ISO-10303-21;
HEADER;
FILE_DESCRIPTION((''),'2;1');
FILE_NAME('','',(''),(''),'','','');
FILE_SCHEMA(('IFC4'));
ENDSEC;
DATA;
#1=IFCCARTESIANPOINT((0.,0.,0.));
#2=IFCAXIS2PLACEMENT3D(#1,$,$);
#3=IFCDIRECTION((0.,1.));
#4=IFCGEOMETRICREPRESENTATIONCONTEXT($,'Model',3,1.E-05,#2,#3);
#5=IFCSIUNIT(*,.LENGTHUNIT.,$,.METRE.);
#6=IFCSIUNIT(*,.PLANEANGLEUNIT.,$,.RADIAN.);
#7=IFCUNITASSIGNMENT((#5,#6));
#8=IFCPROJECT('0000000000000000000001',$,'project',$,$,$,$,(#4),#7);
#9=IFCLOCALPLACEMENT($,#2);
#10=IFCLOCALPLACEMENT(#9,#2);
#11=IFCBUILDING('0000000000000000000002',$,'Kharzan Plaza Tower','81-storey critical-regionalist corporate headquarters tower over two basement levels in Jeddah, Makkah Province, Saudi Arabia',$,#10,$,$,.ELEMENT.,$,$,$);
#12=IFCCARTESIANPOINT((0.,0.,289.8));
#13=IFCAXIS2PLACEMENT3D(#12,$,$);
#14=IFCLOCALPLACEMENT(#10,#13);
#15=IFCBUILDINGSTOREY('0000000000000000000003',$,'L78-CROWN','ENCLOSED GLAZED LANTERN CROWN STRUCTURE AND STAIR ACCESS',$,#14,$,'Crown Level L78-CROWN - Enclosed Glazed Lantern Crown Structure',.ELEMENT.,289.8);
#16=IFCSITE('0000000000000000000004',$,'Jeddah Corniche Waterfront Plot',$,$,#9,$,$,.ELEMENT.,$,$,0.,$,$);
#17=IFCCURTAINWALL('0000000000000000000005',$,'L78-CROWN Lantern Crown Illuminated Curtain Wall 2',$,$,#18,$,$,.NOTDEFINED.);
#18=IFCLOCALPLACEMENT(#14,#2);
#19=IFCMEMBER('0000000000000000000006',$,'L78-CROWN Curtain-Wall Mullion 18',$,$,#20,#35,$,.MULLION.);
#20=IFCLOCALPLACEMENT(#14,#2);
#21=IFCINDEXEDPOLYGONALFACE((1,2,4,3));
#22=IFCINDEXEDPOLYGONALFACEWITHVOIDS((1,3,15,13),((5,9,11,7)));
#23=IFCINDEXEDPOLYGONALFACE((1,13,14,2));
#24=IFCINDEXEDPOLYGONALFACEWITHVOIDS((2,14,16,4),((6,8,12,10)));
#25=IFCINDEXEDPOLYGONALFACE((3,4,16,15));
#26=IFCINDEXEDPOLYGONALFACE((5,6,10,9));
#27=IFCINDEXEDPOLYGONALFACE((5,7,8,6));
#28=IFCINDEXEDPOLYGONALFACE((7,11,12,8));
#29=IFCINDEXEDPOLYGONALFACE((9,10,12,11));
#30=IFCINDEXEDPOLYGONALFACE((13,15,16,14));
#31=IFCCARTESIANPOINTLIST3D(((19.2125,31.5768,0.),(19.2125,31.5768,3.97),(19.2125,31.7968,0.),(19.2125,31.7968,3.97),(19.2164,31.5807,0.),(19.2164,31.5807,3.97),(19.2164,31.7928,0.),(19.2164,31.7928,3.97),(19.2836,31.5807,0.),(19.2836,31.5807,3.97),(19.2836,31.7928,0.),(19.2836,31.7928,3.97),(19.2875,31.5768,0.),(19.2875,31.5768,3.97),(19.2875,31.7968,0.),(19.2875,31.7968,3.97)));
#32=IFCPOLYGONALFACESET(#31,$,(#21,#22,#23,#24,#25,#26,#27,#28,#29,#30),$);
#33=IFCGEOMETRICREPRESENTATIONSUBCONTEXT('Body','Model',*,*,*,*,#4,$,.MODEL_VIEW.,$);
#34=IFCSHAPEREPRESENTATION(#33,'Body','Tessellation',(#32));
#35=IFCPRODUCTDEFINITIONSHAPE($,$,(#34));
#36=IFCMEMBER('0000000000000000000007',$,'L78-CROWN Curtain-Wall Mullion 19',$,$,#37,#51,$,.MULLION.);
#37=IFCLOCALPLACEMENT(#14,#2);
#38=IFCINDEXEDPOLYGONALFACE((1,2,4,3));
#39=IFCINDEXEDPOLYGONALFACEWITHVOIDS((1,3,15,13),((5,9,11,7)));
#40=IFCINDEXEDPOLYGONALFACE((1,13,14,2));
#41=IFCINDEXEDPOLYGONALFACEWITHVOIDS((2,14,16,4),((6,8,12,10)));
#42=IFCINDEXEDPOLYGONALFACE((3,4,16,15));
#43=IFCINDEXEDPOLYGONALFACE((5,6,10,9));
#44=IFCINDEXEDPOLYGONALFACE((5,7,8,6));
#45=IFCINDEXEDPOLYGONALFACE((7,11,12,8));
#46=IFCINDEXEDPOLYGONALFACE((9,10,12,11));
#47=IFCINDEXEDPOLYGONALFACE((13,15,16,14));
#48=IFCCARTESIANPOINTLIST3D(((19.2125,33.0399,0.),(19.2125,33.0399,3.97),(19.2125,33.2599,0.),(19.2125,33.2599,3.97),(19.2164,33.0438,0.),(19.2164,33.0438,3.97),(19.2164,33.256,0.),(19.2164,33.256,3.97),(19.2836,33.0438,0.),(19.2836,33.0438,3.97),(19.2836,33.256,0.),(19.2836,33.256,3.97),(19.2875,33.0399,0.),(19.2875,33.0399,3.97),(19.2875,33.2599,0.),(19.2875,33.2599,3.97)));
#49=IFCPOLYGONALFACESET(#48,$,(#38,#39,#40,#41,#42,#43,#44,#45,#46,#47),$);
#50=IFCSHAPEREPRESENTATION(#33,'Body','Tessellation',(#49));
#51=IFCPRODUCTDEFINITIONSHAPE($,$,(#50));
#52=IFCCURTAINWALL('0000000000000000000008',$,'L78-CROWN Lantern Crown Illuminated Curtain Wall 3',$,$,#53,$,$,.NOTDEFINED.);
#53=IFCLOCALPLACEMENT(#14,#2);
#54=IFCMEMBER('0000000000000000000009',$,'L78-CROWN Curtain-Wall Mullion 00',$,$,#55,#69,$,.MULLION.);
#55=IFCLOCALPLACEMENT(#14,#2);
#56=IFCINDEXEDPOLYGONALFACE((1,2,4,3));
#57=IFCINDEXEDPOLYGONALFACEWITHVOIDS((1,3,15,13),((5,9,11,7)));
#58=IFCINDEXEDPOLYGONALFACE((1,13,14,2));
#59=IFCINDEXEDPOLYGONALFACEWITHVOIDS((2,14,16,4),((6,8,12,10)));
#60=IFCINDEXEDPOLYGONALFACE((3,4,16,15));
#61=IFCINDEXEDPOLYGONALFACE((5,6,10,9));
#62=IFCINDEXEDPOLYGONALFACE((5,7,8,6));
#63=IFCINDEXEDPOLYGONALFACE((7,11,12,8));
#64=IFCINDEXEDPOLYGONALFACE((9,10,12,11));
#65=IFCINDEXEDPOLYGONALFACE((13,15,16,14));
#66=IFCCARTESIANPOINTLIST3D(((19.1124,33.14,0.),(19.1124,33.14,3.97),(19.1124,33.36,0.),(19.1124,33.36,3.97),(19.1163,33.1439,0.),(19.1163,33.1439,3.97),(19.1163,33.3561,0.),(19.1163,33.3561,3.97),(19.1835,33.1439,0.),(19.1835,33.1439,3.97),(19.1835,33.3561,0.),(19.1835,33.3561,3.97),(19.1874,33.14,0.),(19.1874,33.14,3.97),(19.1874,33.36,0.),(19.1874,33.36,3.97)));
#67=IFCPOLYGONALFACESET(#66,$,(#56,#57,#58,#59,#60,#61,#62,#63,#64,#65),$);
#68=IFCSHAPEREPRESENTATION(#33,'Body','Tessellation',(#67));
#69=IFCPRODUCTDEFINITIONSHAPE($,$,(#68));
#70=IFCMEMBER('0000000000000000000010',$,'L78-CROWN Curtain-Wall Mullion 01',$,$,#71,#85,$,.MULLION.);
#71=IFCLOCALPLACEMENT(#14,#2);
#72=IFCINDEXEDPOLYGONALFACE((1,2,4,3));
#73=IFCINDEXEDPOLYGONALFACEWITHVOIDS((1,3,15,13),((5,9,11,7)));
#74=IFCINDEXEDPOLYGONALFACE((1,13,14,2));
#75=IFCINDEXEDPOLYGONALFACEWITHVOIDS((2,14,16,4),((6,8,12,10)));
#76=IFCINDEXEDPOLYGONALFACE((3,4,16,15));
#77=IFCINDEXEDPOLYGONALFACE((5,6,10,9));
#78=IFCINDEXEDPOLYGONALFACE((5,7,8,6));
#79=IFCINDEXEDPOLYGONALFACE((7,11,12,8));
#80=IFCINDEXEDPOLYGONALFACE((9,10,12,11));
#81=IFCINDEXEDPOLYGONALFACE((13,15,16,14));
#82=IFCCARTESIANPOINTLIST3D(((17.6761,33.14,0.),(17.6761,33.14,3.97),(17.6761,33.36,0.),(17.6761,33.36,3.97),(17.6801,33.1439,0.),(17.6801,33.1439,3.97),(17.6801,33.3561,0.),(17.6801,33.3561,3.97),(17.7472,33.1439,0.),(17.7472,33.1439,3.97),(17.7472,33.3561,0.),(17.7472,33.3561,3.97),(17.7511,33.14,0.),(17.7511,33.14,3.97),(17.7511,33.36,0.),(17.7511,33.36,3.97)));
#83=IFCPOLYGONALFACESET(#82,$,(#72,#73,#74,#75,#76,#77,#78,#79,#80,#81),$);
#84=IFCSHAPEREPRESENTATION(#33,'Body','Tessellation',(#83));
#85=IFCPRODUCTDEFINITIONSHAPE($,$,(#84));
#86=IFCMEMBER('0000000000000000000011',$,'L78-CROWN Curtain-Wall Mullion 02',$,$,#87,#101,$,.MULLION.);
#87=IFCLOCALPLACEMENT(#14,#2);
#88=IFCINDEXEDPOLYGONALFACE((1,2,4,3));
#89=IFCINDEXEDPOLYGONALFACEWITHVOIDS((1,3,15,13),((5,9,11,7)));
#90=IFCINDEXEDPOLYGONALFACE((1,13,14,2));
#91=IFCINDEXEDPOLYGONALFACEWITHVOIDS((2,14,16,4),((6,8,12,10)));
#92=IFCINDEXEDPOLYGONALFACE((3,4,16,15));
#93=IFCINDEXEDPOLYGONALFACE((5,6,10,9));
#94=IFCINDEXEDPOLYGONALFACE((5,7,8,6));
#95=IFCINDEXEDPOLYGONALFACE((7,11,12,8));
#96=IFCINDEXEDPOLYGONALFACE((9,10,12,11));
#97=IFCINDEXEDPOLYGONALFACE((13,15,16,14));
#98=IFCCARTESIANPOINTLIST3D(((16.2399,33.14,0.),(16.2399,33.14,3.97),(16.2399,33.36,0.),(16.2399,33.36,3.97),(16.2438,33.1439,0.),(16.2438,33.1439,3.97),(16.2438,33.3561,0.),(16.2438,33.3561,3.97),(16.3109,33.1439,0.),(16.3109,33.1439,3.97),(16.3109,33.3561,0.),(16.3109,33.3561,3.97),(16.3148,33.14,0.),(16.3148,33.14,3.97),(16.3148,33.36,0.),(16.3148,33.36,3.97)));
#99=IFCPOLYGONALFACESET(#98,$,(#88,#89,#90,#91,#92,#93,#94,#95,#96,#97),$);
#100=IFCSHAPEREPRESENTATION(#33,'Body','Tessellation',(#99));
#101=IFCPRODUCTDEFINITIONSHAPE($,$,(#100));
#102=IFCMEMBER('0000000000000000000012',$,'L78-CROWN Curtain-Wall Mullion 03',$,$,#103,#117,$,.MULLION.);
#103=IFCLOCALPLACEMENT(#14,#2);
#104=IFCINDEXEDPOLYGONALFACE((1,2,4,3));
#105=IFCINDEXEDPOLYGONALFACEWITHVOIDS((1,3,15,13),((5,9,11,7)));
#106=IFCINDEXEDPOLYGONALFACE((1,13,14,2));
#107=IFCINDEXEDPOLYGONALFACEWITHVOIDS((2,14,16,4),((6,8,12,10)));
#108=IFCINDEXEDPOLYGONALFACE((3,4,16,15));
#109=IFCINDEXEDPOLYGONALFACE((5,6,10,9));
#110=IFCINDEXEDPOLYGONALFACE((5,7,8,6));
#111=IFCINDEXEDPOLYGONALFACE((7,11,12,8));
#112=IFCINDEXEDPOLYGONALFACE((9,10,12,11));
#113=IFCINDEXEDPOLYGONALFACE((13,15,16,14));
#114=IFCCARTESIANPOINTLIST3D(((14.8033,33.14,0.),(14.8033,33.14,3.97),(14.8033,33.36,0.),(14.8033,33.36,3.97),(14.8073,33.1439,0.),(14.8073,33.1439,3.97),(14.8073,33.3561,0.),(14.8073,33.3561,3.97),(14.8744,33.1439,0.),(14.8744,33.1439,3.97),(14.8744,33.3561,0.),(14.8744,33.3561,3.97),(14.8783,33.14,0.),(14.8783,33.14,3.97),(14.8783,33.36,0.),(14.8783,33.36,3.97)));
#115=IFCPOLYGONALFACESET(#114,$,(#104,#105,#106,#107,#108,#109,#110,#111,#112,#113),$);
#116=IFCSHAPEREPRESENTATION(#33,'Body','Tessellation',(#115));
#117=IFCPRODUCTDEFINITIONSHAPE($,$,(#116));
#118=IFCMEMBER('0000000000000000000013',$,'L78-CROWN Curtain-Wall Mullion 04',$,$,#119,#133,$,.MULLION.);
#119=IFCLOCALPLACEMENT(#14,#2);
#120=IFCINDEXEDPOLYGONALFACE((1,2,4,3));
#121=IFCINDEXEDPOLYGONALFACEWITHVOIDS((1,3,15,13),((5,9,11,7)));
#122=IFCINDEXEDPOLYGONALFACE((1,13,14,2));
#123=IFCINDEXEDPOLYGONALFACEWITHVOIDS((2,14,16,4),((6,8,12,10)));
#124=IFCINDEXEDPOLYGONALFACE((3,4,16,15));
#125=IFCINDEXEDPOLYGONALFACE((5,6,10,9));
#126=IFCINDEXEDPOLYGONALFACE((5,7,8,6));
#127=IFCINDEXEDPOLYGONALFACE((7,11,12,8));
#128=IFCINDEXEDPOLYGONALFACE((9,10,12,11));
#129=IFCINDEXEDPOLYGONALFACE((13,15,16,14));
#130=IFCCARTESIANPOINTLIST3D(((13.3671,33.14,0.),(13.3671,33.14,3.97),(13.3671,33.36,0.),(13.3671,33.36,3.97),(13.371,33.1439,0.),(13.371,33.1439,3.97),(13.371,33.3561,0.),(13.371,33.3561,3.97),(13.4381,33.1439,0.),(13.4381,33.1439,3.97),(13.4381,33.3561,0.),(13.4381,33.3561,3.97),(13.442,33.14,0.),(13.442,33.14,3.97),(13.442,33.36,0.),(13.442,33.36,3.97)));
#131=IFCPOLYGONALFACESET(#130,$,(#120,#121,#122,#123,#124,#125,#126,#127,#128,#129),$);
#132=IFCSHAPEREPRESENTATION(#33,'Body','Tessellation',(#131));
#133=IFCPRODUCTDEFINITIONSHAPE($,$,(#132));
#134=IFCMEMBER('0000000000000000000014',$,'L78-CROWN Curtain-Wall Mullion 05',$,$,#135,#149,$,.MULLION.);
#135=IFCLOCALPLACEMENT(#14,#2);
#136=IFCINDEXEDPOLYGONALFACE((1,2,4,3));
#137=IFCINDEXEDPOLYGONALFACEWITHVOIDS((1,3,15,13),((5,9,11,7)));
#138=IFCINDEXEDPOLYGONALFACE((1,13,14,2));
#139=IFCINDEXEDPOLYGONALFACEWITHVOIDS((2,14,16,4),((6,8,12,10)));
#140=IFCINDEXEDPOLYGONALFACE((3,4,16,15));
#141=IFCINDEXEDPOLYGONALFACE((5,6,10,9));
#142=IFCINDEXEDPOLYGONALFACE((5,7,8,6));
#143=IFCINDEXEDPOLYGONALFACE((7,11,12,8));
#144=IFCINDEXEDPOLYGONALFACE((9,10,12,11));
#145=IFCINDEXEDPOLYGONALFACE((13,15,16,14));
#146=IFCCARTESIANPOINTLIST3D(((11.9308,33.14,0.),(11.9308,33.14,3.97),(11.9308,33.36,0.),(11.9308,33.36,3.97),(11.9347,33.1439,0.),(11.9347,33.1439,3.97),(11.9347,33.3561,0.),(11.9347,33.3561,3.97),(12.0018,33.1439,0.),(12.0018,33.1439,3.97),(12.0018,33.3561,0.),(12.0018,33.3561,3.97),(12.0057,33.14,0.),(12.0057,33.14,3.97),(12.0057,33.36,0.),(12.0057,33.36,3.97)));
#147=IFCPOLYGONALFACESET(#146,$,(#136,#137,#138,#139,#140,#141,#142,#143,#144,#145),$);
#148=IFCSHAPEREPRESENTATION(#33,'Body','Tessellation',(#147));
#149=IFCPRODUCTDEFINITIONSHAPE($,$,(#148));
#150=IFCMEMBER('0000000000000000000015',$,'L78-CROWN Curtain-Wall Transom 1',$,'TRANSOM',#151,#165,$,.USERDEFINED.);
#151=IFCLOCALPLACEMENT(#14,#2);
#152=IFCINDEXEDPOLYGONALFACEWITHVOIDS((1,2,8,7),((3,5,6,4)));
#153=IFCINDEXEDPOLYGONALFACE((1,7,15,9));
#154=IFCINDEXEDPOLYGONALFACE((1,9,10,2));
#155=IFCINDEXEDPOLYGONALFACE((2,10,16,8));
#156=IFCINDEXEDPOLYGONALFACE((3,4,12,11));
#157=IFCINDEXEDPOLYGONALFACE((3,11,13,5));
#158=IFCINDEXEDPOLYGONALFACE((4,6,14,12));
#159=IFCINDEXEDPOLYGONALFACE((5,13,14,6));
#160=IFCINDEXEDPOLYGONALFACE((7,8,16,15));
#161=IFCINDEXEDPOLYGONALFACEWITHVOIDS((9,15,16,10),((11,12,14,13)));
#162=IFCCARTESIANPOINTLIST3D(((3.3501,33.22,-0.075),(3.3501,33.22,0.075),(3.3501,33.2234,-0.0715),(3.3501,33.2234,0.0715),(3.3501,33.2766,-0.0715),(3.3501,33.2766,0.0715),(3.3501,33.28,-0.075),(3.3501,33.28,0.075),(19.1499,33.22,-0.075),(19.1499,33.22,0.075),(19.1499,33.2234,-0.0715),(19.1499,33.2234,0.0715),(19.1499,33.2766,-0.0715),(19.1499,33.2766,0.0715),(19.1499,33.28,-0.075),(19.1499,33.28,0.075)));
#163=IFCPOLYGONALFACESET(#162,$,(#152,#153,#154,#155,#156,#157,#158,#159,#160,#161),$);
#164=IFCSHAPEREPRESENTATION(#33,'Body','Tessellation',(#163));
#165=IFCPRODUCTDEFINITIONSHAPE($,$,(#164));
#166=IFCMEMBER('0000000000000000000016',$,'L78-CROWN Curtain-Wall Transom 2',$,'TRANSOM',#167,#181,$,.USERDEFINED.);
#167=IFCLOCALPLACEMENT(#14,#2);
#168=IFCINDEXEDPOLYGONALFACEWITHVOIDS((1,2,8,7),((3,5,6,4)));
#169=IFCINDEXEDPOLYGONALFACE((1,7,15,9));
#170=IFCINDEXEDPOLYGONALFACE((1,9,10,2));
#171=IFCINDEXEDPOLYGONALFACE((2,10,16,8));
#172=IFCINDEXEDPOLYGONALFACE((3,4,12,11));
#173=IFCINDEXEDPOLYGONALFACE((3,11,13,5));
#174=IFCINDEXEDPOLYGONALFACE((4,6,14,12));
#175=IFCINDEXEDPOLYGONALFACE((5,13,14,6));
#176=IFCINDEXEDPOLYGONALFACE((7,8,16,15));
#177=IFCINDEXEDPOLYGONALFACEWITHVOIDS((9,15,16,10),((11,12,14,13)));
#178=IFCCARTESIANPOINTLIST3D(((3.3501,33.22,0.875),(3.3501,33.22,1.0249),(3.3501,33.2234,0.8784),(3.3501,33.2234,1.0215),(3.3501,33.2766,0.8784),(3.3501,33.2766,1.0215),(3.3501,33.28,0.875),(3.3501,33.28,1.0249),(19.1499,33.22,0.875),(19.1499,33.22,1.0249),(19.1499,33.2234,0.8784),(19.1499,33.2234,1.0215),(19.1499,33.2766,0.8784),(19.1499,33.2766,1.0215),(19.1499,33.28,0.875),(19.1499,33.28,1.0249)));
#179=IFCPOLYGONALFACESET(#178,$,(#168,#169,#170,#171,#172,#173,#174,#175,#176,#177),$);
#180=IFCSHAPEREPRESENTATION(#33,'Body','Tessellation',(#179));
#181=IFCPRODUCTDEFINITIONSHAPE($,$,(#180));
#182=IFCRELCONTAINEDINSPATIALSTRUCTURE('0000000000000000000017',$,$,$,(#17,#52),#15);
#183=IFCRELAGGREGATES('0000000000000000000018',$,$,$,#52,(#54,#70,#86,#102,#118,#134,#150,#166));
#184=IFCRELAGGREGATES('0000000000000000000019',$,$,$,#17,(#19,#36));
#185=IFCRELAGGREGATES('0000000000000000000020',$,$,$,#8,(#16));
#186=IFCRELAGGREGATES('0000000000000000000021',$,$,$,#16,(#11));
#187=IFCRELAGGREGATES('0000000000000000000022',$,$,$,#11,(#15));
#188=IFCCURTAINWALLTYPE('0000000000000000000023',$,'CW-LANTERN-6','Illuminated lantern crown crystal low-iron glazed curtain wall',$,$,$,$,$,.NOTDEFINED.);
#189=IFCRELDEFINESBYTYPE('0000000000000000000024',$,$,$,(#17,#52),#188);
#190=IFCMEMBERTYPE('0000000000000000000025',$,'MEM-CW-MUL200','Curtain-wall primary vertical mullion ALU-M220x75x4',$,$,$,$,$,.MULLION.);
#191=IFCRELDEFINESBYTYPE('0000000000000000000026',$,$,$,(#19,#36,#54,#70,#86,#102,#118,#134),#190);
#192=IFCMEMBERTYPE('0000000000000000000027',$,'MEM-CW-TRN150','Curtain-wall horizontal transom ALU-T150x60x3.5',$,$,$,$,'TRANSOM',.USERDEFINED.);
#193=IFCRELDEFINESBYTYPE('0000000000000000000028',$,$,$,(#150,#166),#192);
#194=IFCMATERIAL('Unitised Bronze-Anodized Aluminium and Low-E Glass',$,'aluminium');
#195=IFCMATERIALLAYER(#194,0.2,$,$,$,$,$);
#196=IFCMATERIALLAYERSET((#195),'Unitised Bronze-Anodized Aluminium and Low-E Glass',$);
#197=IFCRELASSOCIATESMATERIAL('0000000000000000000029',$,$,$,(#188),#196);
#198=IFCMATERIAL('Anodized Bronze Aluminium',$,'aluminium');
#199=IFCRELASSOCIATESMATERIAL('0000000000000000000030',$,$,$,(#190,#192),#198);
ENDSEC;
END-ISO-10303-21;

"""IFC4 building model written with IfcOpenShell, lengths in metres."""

from ifc_helpers import new_model, si_unit, direction, frame, origin, origin_2d, place, context, subcontext, project, spatial, hollow_rectangle, extrude, source, transform, mapped, material, layer, layer_set, material_profile, profile_set, type_object, element, aggregate, save


model = new_model("IFC4")

# Units and contexts
model_context = context("Model", 3, precision=1e-05, world=origin(), true_north=direction((0.0, 1.0)))
body_context = subcontext(model_context, "Body", "Model", "MODEL_VIEW")
ifc_project = project(units=[si_unit("LENGTHUNIT", "METRE"), si_unit("PLANEANGLEUNIT", "RADIAN")], contexts=[model_context])

# Site, building, storey
site_placement = place(None, origin())
site = spatial("IfcSite", under=ifc_project, at=site_placement, Name="Jeddah Corniche Waterfront Plot", CompositionType="ELEMENT", RefElevation=0.0)
building_placement = place(site_placement, origin())
building = spatial("IfcBuilding", under=site, at=building_placement, Name="Kharzan Plaza Tower", Description="81-storey critical-regionalist corporate headquarters tower over two basement levels in Jeddah, Makkah Province, Saudi Arabia", CompositionType="ELEMENT")
storey_placement = place(building_placement, frame((0.0, 0.0, 289.8)))
storey = spatial("IfcBuildingStorey", under=building, at=storey_placement, Name="L78-CROWN", Description="ENCLOSED GLAZED LANTERN CROWN STRUCTURE AND STAIR ACCESS", LongName="Crown Level L78-CROWN - Enclosed Glazed Lantern Crown Structure", CompositionType="ELEMENT", Elevation=289.8)

# Curtain walls, members
ifc_material_1 = material(Name="Unitised Bronze-Anodized Aluminium and Low-E Glass", Category="aluminium")
ifc_layer_1 = layer(ifc_material_1, 0.2)
ifc_layer_set_1 = layer_set([ifc_layer_1], Name="Unitised Bronze-Anodized Aluminium and Low-E Glass")
curtain_wall_type = type_object("IfcCurtainWallType", Name="CW-LANTERN-6", Description="Illuminated lantern crown crystal low-iron glazed curtain wall", PredefinedType="NOTDEFINED", material=ifc_layer_set_1)
curtain_wall_1_placement = place(storey_placement, origin())
curtain_wall_1 = element("IfcCurtainWall", 1, at=curtain_wall_1_placement, inside=storey, type_object=curtain_wall_type, Name="L78-CROWN Lantern Crown Illuminated Curtain Wall 2", PredefinedType="NOTDEFINED")
ifc_material_2 = material(Name="Anodized Bronze Aluminium", Category="aluminium")
ifc_material_profile_1 = material_profile(ifc_material_2, hollow_rectangle(XDim=0.075, YDim=0.22, WallThickness=0.0039, at=origin_2d()), Name="ALU-M220x75x4")
ifc_profile_set_1 = profile_set([ifc_material_profile_1], Name="Anodized Bronze Aluminium")
member_type_1 = type_object("IfcMemberType", Name="MEM-CW-MUL200", Description="Curtain-wall primary vertical mullion ALU-M220x75x4", PredefinedType="MULLION", material=ifc_profile_set_1)
shared_shape_1 = source(origin(), body_context, "Body", "SweptSolid", [
    extrude(hollow_rectangle(XDim=0.075, YDim=0.22, WallThickness=0.0039, at=origin_2d()), origin(), (0.0, 0.0, 1.0), 3.97),
])
member_1_placement = place(storey_placement, frame((19.25, 31.6868, 0.0), z_axis=(0.0, 0.0, 1.0), x_axis=(1.0, 0.0, 0.0)))
member_1 = element("IfcMember", 2, at=member_1_placement, type_object=member_type_1, Name="L78-CROWN Curtain-Wall Mullion 18", PredefinedType="MULLION", context=body_context, shape_type="MappedRepresentation", body=[
    mapped(shared_shape_1, transform((0.0, 0.0, 0.0), x_axis=(1.0, 0.0, 0.0), y_axis=(0.0, 1.0, 0.0), z_axis=(0.0, 0.0, 1.0))),
])
member_2_placement = place(storey_placement, frame((19.25, 33.1499, 0.0), z_axis=(0.0, 0.0, 1.0), x_axis=(1.0, 0.0, 0.0)))
member_2 = element("IfcMember", 3, at=member_2_placement, type_object=member_type_1, Name="L78-CROWN Curtain-Wall Mullion 19", PredefinedType="MULLION", context=body_context, shape_type="MappedRepresentation", body=[
    mapped(shared_shape_1, transform((0.0, 0.0, 0.0), x_axis=(1.0, 0.0, 0.0), y_axis=(0.0, 1.0, 0.0), z_axis=(0.0, 0.0, 1.0))),
])
curtain_wall_2_placement = place(storey_placement, origin())
curtain_wall_2 = element("IfcCurtainWall", 4, at=curtain_wall_2_placement, inside=storey, type_object=curtain_wall_type, Name="L78-CROWN Lantern Crown Illuminated Curtain Wall 3", PredefinedType="NOTDEFINED")
member_3_placement = place(storey_placement, frame((19.1499, 33.25, 0.0), z_axis=(0.0, 0.0, 1.0), x_axis=(1.0, 0.0, 0.0)))
member_3 = element("IfcMember", 5, at=member_3_placement, type_object=member_type_1, Name="L78-CROWN Curtain-Wall Mullion 00", PredefinedType="MULLION", context=body_context, shape_type="MappedRepresentation", body=[
    mapped(shared_shape_1, transform((0.0, 0.0, 0.0), x_axis=(1.0, 0.0, 0.0), y_axis=(0.0, 1.0, 0.0), z_axis=(0.0, 0.0, 1.0))),
])
member_4_placement = place(storey_placement, frame((17.7136, 33.25, 0.0), z_axis=(0.0, 0.0, 1.0), x_axis=(1.0, 0.0, 0.0)))
member_4 = element("IfcMember", 6, at=member_4_placement, type_object=member_type_1, Name="L78-CROWN Curtain-Wall Mullion 01", PredefinedType="MULLION", context=body_context, shape_type="MappedRepresentation", body=[
    mapped(shared_shape_1, transform((0.0, 0.0, 0.0), x_axis=(1.0, 0.0, 0.0), y_axis=(0.0, 1.0, 0.0), z_axis=(0.0, 0.0, 1.0))),
])
member_5_placement = place(storey_placement, frame((16.2773, 33.25, 0.0), z_axis=(0.0, 0.0, 1.0), x_axis=(1.0, 0.0, 0.0)))
member_5 = element("IfcMember", 7, at=member_5_placement, type_object=member_type_1, Name="L78-CROWN Curtain-Wall Mullion 02", PredefinedType="MULLION", context=body_context, shape_type="MappedRepresentation", body=[
    mapped(shared_shape_1, transform((0.0, 0.0, 0.0), x_axis=(1.0, 0.0, 0.0), y_axis=(0.0, 1.0, 0.0), z_axis=(0.0, 0.0, 1.0))),
])
member_6_placement = place(storey_placement, frame((14.8408, 33.25, 0.0), z_axis=(0.0, 0.0, 1.0), x_axis=(1.0, 0.0, 0.0)))
member_6 = element("IfcMember", 8, at=member_6_placement, type_object=member_type_1, Name="L78-CROWN Curtain-Wall Mullion 03", PredefinedType="MULLION", context=body_context, shape_type="MappedRepresentation", body=[
    mapped(shared_shape_1, transform((0.0, 0.0, 0.0), x_axis=(1.0, 0.0, 0.0), y_axis=(0.0, 1.0, 0.0), z_axis=(0.0, 0.0, 1.0))),
])
member_7_placement = place(storey_placement, frame((13.4045, 33.25, 0.0), z_axis=(0.0, 0.0, 1.0), x_axis=(1.0, 0.0, 0.0)))
member_7 = element("IfcMember", 9, at=member_7_placement, type_object=member_type_1, Name="L78-CROWN Curtain-Wall Mullion 04", PredefinedType="MULLION", context=body_context, shape_type="MappedRepresentation", body=[
    mapped(shared_shape_1, transform((0.0, 0.0, 0.0), x_axis=(1.0, 0.0, 0.0), y_axis=(0.0, 1.0, 0.0), z_axis=(0.0, 0.0, 1.0))),
])
member_8_placement = place(storey_placement, frame((11.9683, 33.25, 0.0), z_axis=(0.0, 0.0, 1.0), x_axis=(1.0, 0.0, 0.0)))
member_8 = element("IfcMember", 10, at=member_8_placement, type_object=member_type_1, Name="L78-CROWN Curtain-Wall Mullion 05", PredefinedType="MULLION", context=body_context, shape_type="MappedRepresentation", body=[
    mapped(shared_shape_1, transform((0.0, 0.0, 0.0), x_axis=(1.0, 0.0, 0.0), y_axis=(0.0, 1.0, 0.0), z_axis=(0.0, 0.0, 1.0))),
])
ifc_material_profile_2 = material_profile(ifc_material_2, hollow_rectangle(XDim=0.0601, YDim=0.1499, WallThickness=0.0034, at=origin_2d()), Name="ALU-T150x60x3.5")
ifc_profile_set_2 = profile_set([ifc_material_profile_2], Name="Anodized Bronze Aluminium")
member_type_2 = type_object("IfcMemberType", Name="MEM-CW-TRN150", Description="Curtain-wall horizontal transom ALU-T150x60x3.5", ElementType="TRANSOM", PredefinedType="USERDEFINED", material=ifc_profile_set_2)
shared_shape_2 = source(origin(), body_context, "Body", "SweptSolid", [
    extrude(hollow_rectangle(XDim=0.0601, YDim=0.1499, WallThickness=0.0034, at=origin_2d()), origin(), (0.0, 0.0, 1.0), 15.7998),
])
member_9_placement = place(storey_placement, frame((19.1499, 33.25, 0.0), z_axis=(-1.0, 0.0, 0.0), x_axis=(0.0, -1.0, 0.0)))
member_9 = element("IfcMember", 11, at=member_9_placement, type_object=member_type_2, Name="L78-CROWN Curtain-Wall Transom 1", ObjectType="TRANSOM", PredefinedType="USERDEFINED", context=body_context, shape_type="MappedRepresentation", body=[
    mapped(shared_shape_2, transform((0.0, 0.0, 0.0), x_axis=(1.0, 0.0, 0.0), y_axis=(0.0, 1.0, 0.0), z_axis=(0.0, 0.0, 1.0))),
])
member_10_placement = place(storey_placement, frame((19.1499, 33.25, 0.95), z_axis=(-1.0, 0.0, 0.0), x_axis=(0.0, -1.0, 0.0)))
member_10 = element("IfcMember", 12, at=member_10_placement, type_object=member_type_2, Name="L78-CROWN Curtain-Wall Transom 2", ObjectType="TRANSOM", PredefinedType="USERDEFINED", context=body_context, shape_type="MappedRepresentation", body=[
    mapped(shared_shape_2, transform((0.0, 0.0, 0.0), x_axis=(1.0, 0.0, 0.0), y_axis=(0.0, 1.0, 0.0), z_axis=(0.0, 0.0, 1.0))),
])

aggregate(curtain_wall_2, [member_3, member_4, member_5, member_6, member_7, member_8, member_9, member_10])
aggregate(curtain_wall_1, [member_1, member_2])

save(model, "model.ifc")
